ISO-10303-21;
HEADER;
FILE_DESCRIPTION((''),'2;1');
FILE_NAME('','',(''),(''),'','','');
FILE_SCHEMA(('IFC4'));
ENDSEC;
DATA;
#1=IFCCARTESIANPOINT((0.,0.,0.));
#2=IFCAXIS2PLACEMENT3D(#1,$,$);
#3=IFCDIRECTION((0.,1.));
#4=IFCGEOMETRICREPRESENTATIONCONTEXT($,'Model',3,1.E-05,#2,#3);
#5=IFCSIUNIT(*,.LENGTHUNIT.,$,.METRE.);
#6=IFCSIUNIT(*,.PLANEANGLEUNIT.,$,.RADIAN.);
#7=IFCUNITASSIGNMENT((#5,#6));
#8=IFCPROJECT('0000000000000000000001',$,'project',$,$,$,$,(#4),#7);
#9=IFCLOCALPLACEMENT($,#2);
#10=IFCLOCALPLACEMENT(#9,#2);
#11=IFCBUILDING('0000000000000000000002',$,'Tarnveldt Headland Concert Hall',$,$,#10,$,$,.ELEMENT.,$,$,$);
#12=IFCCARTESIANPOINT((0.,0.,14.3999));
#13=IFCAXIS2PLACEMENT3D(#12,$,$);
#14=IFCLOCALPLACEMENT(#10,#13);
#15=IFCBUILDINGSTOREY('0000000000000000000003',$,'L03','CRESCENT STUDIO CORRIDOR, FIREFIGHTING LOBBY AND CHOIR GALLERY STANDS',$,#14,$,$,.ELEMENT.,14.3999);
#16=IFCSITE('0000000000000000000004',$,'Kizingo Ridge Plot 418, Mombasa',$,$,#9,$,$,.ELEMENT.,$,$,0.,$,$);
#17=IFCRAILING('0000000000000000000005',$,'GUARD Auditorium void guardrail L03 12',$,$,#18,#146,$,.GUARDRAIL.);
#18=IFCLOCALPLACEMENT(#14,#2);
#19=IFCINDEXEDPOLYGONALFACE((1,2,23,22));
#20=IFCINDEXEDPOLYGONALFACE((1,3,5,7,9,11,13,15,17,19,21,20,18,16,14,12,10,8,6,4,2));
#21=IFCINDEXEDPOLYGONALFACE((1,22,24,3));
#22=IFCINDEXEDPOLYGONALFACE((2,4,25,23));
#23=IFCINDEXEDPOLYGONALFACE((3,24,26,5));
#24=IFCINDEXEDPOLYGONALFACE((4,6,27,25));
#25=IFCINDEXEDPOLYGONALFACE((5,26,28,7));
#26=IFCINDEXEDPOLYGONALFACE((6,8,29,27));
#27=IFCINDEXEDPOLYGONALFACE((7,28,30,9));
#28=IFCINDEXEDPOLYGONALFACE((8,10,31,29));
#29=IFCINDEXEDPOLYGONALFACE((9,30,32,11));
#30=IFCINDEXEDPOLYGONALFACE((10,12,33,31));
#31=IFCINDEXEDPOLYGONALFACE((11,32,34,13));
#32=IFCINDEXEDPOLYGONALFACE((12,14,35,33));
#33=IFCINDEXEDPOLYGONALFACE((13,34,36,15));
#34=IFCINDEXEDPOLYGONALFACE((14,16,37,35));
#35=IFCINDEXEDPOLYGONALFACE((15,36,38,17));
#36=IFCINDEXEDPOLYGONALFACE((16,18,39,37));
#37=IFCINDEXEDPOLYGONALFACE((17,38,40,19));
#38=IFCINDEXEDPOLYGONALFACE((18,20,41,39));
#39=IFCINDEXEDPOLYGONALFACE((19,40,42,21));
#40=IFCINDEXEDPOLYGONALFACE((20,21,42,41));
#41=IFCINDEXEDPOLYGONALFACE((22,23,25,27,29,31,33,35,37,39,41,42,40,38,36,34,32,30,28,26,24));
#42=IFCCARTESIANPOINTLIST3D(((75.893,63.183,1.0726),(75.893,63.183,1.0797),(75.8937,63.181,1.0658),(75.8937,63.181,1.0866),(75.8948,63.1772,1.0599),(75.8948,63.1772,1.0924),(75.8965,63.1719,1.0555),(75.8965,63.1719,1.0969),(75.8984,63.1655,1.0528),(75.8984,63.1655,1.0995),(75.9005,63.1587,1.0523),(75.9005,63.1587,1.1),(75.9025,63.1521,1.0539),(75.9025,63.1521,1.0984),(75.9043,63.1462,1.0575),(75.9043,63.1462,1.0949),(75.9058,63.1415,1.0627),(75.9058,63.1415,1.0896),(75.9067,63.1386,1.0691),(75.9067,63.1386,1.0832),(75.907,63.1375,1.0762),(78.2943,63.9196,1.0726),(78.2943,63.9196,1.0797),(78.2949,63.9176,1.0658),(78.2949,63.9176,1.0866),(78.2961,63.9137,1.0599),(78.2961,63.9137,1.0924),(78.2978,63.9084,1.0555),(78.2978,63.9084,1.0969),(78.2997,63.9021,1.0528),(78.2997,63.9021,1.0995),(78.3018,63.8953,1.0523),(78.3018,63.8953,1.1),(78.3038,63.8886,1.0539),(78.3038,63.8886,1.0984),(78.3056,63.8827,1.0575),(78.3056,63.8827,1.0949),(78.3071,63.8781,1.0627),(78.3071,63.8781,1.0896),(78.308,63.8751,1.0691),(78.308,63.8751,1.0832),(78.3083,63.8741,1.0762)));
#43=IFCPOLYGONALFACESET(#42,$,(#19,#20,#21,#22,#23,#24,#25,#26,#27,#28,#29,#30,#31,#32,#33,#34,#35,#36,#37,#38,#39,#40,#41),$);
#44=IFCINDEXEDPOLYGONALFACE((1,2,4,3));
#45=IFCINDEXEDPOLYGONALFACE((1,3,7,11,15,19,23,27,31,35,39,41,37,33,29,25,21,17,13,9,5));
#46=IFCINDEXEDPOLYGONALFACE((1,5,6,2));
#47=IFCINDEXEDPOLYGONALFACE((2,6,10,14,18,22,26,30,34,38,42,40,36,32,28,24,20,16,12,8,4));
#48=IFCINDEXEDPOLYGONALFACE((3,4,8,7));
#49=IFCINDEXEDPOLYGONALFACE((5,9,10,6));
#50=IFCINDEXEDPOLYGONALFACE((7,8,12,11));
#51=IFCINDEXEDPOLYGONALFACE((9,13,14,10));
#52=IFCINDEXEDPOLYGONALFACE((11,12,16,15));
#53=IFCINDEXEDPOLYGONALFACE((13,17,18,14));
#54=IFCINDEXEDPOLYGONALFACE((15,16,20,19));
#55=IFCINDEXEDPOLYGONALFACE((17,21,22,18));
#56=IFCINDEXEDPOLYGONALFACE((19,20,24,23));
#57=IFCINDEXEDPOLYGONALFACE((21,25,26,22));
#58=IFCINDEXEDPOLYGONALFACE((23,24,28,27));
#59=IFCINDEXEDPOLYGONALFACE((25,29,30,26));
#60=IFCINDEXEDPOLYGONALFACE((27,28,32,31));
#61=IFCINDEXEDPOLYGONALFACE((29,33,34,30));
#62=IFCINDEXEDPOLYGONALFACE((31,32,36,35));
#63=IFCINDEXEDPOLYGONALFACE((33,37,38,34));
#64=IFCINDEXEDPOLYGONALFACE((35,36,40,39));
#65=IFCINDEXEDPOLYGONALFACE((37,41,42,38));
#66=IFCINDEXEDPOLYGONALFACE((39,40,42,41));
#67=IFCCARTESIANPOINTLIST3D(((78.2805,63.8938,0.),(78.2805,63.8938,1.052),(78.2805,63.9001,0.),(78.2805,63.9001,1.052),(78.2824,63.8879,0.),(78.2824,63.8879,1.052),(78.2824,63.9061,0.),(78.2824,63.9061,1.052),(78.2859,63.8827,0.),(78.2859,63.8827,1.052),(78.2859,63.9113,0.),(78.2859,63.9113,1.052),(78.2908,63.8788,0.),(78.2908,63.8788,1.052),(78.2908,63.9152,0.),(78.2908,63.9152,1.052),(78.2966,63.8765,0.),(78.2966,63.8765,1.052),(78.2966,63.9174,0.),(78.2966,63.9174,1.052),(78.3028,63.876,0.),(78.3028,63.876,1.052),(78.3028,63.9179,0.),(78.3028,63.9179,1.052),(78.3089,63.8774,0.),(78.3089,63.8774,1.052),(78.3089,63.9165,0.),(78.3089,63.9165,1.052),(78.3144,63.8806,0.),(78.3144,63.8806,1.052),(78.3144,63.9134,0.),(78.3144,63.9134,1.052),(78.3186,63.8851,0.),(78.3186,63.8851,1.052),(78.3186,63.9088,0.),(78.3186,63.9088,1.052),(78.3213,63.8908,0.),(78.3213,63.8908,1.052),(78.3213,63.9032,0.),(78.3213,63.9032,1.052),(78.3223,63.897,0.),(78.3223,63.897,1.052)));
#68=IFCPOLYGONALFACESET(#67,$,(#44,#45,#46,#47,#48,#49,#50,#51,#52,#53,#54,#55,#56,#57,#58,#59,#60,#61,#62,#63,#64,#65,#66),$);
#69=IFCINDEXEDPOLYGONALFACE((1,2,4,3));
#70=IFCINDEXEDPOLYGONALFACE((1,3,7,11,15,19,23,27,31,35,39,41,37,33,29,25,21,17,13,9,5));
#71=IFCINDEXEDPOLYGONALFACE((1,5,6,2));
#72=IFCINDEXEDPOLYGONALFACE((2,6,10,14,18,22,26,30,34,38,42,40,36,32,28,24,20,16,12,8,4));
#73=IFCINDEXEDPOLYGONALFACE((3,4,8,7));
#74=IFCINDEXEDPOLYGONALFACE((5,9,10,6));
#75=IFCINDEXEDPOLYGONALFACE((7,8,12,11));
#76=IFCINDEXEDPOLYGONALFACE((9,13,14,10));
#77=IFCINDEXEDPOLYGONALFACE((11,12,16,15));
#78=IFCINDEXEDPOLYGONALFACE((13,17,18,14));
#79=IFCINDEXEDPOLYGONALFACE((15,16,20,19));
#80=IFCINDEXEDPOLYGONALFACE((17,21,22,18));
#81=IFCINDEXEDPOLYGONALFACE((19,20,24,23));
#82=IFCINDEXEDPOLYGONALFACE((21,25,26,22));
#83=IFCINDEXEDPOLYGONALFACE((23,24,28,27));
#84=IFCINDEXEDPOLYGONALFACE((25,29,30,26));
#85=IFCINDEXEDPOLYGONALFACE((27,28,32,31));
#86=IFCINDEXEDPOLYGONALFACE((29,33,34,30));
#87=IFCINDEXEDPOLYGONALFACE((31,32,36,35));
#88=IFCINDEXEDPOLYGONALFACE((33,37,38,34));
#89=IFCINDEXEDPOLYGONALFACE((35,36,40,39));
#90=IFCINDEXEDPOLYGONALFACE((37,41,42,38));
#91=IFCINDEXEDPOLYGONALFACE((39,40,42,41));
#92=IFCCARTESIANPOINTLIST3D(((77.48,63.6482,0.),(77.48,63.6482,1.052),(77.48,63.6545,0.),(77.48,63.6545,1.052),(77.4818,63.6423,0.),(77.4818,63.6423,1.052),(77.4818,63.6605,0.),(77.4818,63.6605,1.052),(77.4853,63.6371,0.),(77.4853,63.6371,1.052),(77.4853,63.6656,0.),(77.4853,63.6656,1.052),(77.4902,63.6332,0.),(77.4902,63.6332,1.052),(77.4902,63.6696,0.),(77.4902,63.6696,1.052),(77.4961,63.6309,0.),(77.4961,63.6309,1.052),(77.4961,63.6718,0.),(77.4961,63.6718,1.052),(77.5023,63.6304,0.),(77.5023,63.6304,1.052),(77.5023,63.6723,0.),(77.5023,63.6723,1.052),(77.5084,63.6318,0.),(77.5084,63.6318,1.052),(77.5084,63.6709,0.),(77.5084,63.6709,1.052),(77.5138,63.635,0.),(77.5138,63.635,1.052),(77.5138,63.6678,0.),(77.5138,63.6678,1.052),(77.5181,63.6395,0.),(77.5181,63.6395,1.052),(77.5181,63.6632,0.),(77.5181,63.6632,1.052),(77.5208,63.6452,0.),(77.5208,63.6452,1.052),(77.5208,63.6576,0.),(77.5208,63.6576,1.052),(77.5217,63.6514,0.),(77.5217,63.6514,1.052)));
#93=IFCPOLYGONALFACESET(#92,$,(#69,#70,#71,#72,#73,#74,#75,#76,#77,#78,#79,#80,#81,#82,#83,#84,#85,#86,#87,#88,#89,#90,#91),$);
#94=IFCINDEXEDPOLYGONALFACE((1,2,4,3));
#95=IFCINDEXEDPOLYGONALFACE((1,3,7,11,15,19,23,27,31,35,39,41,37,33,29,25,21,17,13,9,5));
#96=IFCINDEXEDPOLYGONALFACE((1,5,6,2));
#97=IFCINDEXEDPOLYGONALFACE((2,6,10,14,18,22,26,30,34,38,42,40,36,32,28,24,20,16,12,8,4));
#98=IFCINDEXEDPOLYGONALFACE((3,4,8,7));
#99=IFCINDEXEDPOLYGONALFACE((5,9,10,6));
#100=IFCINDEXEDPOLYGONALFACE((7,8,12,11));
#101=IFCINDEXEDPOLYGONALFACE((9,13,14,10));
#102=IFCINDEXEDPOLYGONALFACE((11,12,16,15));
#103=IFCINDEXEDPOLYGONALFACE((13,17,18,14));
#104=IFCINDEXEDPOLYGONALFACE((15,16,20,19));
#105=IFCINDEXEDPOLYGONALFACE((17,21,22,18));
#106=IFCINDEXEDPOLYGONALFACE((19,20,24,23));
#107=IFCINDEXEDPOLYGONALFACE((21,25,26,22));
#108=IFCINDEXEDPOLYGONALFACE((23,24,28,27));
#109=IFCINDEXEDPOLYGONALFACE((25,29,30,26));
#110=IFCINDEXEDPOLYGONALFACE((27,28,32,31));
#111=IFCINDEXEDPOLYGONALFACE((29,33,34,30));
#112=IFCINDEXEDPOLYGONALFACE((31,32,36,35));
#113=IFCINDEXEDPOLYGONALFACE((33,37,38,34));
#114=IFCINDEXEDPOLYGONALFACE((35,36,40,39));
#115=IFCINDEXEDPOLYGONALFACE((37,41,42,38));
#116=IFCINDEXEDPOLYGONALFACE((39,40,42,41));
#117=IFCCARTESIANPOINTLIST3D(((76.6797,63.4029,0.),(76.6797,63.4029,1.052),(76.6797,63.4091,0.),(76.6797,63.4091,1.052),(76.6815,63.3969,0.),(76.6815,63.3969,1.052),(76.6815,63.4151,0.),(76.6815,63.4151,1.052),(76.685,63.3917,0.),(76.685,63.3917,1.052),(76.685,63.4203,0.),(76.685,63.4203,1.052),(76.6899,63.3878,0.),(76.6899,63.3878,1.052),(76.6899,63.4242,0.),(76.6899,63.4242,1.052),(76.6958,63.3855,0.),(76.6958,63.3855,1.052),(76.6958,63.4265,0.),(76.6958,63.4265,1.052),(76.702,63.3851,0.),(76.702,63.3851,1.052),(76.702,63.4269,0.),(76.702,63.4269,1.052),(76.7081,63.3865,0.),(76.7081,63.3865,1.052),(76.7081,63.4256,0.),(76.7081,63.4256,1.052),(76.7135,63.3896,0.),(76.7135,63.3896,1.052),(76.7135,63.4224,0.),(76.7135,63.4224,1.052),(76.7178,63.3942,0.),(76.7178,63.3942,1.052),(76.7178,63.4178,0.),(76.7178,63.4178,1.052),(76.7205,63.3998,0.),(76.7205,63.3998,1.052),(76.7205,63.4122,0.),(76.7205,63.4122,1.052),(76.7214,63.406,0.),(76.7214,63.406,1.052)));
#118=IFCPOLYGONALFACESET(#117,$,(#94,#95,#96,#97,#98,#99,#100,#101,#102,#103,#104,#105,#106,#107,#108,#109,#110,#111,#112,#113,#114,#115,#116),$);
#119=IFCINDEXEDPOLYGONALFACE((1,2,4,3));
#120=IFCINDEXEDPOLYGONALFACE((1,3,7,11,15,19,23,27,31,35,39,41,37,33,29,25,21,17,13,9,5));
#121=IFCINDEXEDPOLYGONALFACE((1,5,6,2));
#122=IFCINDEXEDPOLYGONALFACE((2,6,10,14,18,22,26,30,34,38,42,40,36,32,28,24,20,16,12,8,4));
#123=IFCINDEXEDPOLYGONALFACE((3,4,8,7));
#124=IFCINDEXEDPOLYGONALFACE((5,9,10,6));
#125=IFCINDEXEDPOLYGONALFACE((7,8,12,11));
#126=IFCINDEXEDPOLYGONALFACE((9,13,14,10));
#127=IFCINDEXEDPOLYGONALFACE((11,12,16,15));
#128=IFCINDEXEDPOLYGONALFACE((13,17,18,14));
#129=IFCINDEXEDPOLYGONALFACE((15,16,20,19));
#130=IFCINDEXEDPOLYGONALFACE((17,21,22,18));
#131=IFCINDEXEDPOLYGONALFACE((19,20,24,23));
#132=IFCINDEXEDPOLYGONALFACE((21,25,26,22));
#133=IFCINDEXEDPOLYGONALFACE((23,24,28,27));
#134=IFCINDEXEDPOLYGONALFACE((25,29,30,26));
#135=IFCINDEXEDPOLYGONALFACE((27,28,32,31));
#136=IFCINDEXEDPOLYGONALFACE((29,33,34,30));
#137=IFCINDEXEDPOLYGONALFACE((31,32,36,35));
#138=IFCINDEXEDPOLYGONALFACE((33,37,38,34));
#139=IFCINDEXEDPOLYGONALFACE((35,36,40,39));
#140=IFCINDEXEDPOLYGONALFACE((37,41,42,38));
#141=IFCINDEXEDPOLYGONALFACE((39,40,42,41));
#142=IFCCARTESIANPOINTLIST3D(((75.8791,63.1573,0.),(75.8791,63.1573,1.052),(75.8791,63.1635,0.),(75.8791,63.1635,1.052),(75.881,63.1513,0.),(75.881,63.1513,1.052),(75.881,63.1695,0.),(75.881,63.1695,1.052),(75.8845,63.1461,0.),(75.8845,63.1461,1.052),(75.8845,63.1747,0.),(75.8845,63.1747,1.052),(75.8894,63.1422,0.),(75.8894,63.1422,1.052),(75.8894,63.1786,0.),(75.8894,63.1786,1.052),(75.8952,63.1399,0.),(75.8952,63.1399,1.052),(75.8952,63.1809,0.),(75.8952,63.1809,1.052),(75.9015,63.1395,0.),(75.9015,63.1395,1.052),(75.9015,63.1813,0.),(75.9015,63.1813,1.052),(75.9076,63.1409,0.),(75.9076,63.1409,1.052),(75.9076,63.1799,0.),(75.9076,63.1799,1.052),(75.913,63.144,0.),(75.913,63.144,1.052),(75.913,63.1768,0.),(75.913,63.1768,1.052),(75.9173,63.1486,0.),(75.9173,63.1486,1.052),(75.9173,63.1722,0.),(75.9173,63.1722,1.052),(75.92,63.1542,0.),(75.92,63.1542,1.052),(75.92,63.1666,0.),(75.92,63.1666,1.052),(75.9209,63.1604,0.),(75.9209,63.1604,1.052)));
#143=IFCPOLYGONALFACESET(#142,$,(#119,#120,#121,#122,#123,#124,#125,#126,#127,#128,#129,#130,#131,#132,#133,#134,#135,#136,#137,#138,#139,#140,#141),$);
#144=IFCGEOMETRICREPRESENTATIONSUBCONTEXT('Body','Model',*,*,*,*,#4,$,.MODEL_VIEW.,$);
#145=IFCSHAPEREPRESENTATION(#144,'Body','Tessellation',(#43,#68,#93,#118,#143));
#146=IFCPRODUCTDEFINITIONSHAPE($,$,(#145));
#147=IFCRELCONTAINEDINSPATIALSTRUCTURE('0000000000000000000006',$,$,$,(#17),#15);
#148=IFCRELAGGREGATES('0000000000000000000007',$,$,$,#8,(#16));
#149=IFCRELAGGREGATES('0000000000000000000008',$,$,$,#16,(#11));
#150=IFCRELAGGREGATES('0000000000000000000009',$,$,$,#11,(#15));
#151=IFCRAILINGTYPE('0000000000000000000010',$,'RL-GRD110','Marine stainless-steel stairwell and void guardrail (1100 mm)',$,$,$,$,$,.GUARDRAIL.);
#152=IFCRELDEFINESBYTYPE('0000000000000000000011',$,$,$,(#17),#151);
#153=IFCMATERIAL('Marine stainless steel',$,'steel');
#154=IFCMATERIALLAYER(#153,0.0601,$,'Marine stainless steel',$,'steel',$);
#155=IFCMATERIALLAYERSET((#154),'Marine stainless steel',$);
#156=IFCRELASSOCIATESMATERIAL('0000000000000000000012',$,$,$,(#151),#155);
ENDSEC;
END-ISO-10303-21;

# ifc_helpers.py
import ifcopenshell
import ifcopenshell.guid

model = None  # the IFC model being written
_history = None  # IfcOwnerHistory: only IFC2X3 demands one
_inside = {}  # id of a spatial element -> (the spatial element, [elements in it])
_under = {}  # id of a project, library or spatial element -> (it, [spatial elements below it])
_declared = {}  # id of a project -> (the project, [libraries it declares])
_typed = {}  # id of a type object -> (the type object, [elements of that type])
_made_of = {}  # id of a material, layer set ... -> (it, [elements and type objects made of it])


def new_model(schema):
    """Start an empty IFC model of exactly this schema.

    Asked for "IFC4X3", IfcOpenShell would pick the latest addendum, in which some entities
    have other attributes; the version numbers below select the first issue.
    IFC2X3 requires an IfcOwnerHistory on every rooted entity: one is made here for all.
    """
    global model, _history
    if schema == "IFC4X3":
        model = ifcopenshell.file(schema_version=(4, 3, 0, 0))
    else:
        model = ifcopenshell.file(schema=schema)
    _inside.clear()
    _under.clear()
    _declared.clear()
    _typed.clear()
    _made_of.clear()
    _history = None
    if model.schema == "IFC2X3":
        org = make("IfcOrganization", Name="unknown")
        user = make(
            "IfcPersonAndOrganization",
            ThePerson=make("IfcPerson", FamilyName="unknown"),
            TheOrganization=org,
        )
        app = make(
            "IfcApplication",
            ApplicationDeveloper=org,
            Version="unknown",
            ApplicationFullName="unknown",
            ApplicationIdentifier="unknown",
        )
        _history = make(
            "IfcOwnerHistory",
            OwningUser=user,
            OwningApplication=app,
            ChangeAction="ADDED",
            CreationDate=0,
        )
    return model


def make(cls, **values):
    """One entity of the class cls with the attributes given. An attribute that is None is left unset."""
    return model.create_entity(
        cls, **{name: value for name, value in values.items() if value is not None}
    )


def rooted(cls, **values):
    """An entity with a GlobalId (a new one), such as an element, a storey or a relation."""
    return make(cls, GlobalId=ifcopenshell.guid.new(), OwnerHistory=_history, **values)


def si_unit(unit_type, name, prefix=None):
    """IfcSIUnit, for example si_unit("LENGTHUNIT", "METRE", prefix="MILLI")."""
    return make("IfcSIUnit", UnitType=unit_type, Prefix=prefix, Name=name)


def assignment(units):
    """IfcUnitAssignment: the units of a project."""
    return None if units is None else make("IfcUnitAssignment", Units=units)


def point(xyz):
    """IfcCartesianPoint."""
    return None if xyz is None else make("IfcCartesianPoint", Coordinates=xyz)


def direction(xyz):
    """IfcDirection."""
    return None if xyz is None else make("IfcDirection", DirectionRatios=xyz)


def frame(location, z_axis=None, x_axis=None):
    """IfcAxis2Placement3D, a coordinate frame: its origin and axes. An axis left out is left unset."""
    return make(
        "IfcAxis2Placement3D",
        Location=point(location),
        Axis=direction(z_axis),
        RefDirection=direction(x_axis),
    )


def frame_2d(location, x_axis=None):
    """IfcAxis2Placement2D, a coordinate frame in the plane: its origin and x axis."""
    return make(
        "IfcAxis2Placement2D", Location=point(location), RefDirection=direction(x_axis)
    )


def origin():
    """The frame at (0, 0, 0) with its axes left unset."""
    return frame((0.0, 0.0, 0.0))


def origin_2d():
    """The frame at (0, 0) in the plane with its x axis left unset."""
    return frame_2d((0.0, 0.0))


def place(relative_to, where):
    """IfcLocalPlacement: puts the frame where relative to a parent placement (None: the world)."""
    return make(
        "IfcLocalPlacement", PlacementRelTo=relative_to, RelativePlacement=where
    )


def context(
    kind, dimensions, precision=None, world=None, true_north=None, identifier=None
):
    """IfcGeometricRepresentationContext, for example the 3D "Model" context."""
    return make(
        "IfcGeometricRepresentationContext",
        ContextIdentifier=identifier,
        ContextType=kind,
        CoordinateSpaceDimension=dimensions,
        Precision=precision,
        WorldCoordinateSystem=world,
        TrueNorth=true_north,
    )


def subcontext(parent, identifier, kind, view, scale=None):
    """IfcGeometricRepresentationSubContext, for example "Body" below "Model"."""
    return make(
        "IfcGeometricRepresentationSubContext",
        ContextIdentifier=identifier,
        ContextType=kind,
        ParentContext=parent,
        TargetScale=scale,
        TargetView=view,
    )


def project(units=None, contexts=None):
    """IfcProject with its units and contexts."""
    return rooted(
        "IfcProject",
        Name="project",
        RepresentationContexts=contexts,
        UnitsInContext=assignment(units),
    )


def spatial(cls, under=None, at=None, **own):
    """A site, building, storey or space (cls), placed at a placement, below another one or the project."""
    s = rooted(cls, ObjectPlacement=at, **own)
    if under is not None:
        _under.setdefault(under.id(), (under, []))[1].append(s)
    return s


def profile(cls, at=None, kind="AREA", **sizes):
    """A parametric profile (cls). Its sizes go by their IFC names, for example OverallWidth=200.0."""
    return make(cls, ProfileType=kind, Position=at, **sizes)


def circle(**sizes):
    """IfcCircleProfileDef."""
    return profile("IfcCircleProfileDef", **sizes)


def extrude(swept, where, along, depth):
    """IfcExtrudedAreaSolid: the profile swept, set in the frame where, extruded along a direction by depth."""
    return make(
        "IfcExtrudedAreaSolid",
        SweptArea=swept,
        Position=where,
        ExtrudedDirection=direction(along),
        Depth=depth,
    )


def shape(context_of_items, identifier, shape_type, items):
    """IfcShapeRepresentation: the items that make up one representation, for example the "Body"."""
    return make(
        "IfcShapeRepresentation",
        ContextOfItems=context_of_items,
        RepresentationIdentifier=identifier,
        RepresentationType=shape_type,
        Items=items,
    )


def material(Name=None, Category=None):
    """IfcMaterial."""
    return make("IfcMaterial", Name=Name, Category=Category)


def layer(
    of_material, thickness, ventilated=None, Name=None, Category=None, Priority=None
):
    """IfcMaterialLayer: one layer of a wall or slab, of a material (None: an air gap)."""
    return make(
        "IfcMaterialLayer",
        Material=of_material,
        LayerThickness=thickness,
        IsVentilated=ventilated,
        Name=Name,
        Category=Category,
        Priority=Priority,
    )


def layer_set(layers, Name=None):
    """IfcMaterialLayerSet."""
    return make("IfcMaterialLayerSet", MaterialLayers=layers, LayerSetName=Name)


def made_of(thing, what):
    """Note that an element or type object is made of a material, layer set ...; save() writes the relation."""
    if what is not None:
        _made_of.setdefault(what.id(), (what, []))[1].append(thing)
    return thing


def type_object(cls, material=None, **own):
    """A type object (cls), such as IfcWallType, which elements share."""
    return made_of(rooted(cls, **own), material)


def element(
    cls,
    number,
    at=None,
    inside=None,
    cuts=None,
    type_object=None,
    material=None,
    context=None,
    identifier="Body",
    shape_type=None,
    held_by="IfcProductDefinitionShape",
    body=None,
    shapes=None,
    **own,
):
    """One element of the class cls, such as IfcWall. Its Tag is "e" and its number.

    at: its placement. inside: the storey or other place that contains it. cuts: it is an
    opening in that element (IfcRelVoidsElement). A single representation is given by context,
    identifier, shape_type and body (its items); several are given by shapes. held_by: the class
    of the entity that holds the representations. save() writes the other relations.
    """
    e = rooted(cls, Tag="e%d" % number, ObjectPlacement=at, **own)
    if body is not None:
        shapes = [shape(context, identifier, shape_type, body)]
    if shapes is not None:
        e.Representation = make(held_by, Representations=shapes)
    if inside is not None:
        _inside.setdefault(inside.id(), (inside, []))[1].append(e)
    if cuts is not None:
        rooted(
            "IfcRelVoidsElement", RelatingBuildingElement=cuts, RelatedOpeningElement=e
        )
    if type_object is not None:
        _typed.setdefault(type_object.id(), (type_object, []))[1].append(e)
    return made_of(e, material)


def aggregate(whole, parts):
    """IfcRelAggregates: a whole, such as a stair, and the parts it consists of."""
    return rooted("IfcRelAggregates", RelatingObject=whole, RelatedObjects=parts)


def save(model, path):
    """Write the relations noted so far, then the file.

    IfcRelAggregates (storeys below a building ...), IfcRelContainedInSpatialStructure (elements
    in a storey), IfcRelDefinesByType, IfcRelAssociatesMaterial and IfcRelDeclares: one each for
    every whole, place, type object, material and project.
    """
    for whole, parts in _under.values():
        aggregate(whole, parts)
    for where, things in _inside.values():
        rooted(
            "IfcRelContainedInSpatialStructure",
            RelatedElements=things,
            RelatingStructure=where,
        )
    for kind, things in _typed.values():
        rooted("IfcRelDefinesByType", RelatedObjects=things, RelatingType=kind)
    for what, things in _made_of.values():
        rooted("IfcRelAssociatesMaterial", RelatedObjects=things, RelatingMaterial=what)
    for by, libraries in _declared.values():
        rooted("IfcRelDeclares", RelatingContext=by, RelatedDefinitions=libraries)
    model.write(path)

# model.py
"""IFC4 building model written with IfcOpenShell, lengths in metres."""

from ifc_helpers import new_model, si_unit, direction, frame, origin, origin_2d, place, context, subcontext, project, spatial, circle, extrude, material, layer, layer_set, type_object, element, save


model = new_model("IFC4")

# Units and contexts
model_context = context("Model", 3, precision=1e-05, world=origin(), true_north=direction((0.0, 1.0)))
body_context = subcontext(model_context, "Body", "Model", "MODEL_VIEW")
ifc_project = project(units=[si_unit("LENGTHUNIT", "METRE"), si_unit("PLANEANGLEUNIT", "RADIAN")], contexts=[model_context])

# Site, building, storey
site_placement = place(None, origin())
site = spatial("IfcSite", under=ifc_project, at=site_placement, Name="Kizingo Ridge Plot 418, Mombasa", CompositionType="ELEMENT", RefElevation=0.0)
building_placement = place(site_placement, origin())
building = spatial("IfcBuilding", under=site, at=building_placement, Name="Tarnveldt Headland Concert Hall", CompositionType="ELEMENT")
storey_placement = place(building_placement, frame((0.0, 0.0, 14.3999)))
storey = spatial("IfcBuildingStorey", under=building, at=storey_placement, Name="L03", Description="CRESCENT STUDIO CORRIDOR, FIREFIGHTING LOBBY AND CHOIR GALLERY STANDS", CompositionType="ELEMENT", Elevation=14.3999)

# Railing
ifc_material_1 = material(Name="Marine stainless steel", Category="steel")
ifc_layer = layer(ifc_material_1, 0.0601, Name="Marine stainless steel", Category="steel")
ifc_layer_set = layer_set([ifc_layer], Name="Marine stainless steel")
railing_type = type_object("IfcRailingType", Name="RL-GRD110", Description="Marine stainless-steel stairwell and void guardrail (1100 mm)", PredefinedType="GUARDRAIL", material=ifc_layer_set)
railing_1_placement = place(storey_placement, frame((78.3013, 63.897, 0.0)))
element("IfcRailing", 1, at=railing_1_placement, inside=storey, type_object=railing_type, Name="GUARD Auditorium void guardrail L03 12", PredefinedType="GUARDRAIL", context=body_context, shape_type="SweptSolid", body=[
    extrude(circle(Radius=0.0239, at=origin_2d()), frame((0.0, 0.0, 1.0762), z_axis=(-0.956037, -0.293246, 0.0), x_axis=(0.293246, -0.956037, 0.0)), (0.0, 0.0, 1.0), 2.5117),
    extrude(circle(Radius=0.021, at=origin_2d()), origin(), (0.0, 0.0, 1.0), 1.052),
    extrude(circle(Radius=0.021, at=origin_2d()), frame((-0.8005, -0.2456, 0.0)), (0.0, 0.0, 1.0), 1.052),
    extrude(circle(Radius=0.021, at=origin_2d()), frame((-1.6008, -0.491, 0.0)), (0.0, 0.0, 1.0), 1.052),
    extrude(circle(Radius=0.021, at=origin_2d()), frame((-2.4014, -0.7366, 0.0)), (0.0, 0.0, 1.0), 1.052),
])

save(model, "model.ifc")
